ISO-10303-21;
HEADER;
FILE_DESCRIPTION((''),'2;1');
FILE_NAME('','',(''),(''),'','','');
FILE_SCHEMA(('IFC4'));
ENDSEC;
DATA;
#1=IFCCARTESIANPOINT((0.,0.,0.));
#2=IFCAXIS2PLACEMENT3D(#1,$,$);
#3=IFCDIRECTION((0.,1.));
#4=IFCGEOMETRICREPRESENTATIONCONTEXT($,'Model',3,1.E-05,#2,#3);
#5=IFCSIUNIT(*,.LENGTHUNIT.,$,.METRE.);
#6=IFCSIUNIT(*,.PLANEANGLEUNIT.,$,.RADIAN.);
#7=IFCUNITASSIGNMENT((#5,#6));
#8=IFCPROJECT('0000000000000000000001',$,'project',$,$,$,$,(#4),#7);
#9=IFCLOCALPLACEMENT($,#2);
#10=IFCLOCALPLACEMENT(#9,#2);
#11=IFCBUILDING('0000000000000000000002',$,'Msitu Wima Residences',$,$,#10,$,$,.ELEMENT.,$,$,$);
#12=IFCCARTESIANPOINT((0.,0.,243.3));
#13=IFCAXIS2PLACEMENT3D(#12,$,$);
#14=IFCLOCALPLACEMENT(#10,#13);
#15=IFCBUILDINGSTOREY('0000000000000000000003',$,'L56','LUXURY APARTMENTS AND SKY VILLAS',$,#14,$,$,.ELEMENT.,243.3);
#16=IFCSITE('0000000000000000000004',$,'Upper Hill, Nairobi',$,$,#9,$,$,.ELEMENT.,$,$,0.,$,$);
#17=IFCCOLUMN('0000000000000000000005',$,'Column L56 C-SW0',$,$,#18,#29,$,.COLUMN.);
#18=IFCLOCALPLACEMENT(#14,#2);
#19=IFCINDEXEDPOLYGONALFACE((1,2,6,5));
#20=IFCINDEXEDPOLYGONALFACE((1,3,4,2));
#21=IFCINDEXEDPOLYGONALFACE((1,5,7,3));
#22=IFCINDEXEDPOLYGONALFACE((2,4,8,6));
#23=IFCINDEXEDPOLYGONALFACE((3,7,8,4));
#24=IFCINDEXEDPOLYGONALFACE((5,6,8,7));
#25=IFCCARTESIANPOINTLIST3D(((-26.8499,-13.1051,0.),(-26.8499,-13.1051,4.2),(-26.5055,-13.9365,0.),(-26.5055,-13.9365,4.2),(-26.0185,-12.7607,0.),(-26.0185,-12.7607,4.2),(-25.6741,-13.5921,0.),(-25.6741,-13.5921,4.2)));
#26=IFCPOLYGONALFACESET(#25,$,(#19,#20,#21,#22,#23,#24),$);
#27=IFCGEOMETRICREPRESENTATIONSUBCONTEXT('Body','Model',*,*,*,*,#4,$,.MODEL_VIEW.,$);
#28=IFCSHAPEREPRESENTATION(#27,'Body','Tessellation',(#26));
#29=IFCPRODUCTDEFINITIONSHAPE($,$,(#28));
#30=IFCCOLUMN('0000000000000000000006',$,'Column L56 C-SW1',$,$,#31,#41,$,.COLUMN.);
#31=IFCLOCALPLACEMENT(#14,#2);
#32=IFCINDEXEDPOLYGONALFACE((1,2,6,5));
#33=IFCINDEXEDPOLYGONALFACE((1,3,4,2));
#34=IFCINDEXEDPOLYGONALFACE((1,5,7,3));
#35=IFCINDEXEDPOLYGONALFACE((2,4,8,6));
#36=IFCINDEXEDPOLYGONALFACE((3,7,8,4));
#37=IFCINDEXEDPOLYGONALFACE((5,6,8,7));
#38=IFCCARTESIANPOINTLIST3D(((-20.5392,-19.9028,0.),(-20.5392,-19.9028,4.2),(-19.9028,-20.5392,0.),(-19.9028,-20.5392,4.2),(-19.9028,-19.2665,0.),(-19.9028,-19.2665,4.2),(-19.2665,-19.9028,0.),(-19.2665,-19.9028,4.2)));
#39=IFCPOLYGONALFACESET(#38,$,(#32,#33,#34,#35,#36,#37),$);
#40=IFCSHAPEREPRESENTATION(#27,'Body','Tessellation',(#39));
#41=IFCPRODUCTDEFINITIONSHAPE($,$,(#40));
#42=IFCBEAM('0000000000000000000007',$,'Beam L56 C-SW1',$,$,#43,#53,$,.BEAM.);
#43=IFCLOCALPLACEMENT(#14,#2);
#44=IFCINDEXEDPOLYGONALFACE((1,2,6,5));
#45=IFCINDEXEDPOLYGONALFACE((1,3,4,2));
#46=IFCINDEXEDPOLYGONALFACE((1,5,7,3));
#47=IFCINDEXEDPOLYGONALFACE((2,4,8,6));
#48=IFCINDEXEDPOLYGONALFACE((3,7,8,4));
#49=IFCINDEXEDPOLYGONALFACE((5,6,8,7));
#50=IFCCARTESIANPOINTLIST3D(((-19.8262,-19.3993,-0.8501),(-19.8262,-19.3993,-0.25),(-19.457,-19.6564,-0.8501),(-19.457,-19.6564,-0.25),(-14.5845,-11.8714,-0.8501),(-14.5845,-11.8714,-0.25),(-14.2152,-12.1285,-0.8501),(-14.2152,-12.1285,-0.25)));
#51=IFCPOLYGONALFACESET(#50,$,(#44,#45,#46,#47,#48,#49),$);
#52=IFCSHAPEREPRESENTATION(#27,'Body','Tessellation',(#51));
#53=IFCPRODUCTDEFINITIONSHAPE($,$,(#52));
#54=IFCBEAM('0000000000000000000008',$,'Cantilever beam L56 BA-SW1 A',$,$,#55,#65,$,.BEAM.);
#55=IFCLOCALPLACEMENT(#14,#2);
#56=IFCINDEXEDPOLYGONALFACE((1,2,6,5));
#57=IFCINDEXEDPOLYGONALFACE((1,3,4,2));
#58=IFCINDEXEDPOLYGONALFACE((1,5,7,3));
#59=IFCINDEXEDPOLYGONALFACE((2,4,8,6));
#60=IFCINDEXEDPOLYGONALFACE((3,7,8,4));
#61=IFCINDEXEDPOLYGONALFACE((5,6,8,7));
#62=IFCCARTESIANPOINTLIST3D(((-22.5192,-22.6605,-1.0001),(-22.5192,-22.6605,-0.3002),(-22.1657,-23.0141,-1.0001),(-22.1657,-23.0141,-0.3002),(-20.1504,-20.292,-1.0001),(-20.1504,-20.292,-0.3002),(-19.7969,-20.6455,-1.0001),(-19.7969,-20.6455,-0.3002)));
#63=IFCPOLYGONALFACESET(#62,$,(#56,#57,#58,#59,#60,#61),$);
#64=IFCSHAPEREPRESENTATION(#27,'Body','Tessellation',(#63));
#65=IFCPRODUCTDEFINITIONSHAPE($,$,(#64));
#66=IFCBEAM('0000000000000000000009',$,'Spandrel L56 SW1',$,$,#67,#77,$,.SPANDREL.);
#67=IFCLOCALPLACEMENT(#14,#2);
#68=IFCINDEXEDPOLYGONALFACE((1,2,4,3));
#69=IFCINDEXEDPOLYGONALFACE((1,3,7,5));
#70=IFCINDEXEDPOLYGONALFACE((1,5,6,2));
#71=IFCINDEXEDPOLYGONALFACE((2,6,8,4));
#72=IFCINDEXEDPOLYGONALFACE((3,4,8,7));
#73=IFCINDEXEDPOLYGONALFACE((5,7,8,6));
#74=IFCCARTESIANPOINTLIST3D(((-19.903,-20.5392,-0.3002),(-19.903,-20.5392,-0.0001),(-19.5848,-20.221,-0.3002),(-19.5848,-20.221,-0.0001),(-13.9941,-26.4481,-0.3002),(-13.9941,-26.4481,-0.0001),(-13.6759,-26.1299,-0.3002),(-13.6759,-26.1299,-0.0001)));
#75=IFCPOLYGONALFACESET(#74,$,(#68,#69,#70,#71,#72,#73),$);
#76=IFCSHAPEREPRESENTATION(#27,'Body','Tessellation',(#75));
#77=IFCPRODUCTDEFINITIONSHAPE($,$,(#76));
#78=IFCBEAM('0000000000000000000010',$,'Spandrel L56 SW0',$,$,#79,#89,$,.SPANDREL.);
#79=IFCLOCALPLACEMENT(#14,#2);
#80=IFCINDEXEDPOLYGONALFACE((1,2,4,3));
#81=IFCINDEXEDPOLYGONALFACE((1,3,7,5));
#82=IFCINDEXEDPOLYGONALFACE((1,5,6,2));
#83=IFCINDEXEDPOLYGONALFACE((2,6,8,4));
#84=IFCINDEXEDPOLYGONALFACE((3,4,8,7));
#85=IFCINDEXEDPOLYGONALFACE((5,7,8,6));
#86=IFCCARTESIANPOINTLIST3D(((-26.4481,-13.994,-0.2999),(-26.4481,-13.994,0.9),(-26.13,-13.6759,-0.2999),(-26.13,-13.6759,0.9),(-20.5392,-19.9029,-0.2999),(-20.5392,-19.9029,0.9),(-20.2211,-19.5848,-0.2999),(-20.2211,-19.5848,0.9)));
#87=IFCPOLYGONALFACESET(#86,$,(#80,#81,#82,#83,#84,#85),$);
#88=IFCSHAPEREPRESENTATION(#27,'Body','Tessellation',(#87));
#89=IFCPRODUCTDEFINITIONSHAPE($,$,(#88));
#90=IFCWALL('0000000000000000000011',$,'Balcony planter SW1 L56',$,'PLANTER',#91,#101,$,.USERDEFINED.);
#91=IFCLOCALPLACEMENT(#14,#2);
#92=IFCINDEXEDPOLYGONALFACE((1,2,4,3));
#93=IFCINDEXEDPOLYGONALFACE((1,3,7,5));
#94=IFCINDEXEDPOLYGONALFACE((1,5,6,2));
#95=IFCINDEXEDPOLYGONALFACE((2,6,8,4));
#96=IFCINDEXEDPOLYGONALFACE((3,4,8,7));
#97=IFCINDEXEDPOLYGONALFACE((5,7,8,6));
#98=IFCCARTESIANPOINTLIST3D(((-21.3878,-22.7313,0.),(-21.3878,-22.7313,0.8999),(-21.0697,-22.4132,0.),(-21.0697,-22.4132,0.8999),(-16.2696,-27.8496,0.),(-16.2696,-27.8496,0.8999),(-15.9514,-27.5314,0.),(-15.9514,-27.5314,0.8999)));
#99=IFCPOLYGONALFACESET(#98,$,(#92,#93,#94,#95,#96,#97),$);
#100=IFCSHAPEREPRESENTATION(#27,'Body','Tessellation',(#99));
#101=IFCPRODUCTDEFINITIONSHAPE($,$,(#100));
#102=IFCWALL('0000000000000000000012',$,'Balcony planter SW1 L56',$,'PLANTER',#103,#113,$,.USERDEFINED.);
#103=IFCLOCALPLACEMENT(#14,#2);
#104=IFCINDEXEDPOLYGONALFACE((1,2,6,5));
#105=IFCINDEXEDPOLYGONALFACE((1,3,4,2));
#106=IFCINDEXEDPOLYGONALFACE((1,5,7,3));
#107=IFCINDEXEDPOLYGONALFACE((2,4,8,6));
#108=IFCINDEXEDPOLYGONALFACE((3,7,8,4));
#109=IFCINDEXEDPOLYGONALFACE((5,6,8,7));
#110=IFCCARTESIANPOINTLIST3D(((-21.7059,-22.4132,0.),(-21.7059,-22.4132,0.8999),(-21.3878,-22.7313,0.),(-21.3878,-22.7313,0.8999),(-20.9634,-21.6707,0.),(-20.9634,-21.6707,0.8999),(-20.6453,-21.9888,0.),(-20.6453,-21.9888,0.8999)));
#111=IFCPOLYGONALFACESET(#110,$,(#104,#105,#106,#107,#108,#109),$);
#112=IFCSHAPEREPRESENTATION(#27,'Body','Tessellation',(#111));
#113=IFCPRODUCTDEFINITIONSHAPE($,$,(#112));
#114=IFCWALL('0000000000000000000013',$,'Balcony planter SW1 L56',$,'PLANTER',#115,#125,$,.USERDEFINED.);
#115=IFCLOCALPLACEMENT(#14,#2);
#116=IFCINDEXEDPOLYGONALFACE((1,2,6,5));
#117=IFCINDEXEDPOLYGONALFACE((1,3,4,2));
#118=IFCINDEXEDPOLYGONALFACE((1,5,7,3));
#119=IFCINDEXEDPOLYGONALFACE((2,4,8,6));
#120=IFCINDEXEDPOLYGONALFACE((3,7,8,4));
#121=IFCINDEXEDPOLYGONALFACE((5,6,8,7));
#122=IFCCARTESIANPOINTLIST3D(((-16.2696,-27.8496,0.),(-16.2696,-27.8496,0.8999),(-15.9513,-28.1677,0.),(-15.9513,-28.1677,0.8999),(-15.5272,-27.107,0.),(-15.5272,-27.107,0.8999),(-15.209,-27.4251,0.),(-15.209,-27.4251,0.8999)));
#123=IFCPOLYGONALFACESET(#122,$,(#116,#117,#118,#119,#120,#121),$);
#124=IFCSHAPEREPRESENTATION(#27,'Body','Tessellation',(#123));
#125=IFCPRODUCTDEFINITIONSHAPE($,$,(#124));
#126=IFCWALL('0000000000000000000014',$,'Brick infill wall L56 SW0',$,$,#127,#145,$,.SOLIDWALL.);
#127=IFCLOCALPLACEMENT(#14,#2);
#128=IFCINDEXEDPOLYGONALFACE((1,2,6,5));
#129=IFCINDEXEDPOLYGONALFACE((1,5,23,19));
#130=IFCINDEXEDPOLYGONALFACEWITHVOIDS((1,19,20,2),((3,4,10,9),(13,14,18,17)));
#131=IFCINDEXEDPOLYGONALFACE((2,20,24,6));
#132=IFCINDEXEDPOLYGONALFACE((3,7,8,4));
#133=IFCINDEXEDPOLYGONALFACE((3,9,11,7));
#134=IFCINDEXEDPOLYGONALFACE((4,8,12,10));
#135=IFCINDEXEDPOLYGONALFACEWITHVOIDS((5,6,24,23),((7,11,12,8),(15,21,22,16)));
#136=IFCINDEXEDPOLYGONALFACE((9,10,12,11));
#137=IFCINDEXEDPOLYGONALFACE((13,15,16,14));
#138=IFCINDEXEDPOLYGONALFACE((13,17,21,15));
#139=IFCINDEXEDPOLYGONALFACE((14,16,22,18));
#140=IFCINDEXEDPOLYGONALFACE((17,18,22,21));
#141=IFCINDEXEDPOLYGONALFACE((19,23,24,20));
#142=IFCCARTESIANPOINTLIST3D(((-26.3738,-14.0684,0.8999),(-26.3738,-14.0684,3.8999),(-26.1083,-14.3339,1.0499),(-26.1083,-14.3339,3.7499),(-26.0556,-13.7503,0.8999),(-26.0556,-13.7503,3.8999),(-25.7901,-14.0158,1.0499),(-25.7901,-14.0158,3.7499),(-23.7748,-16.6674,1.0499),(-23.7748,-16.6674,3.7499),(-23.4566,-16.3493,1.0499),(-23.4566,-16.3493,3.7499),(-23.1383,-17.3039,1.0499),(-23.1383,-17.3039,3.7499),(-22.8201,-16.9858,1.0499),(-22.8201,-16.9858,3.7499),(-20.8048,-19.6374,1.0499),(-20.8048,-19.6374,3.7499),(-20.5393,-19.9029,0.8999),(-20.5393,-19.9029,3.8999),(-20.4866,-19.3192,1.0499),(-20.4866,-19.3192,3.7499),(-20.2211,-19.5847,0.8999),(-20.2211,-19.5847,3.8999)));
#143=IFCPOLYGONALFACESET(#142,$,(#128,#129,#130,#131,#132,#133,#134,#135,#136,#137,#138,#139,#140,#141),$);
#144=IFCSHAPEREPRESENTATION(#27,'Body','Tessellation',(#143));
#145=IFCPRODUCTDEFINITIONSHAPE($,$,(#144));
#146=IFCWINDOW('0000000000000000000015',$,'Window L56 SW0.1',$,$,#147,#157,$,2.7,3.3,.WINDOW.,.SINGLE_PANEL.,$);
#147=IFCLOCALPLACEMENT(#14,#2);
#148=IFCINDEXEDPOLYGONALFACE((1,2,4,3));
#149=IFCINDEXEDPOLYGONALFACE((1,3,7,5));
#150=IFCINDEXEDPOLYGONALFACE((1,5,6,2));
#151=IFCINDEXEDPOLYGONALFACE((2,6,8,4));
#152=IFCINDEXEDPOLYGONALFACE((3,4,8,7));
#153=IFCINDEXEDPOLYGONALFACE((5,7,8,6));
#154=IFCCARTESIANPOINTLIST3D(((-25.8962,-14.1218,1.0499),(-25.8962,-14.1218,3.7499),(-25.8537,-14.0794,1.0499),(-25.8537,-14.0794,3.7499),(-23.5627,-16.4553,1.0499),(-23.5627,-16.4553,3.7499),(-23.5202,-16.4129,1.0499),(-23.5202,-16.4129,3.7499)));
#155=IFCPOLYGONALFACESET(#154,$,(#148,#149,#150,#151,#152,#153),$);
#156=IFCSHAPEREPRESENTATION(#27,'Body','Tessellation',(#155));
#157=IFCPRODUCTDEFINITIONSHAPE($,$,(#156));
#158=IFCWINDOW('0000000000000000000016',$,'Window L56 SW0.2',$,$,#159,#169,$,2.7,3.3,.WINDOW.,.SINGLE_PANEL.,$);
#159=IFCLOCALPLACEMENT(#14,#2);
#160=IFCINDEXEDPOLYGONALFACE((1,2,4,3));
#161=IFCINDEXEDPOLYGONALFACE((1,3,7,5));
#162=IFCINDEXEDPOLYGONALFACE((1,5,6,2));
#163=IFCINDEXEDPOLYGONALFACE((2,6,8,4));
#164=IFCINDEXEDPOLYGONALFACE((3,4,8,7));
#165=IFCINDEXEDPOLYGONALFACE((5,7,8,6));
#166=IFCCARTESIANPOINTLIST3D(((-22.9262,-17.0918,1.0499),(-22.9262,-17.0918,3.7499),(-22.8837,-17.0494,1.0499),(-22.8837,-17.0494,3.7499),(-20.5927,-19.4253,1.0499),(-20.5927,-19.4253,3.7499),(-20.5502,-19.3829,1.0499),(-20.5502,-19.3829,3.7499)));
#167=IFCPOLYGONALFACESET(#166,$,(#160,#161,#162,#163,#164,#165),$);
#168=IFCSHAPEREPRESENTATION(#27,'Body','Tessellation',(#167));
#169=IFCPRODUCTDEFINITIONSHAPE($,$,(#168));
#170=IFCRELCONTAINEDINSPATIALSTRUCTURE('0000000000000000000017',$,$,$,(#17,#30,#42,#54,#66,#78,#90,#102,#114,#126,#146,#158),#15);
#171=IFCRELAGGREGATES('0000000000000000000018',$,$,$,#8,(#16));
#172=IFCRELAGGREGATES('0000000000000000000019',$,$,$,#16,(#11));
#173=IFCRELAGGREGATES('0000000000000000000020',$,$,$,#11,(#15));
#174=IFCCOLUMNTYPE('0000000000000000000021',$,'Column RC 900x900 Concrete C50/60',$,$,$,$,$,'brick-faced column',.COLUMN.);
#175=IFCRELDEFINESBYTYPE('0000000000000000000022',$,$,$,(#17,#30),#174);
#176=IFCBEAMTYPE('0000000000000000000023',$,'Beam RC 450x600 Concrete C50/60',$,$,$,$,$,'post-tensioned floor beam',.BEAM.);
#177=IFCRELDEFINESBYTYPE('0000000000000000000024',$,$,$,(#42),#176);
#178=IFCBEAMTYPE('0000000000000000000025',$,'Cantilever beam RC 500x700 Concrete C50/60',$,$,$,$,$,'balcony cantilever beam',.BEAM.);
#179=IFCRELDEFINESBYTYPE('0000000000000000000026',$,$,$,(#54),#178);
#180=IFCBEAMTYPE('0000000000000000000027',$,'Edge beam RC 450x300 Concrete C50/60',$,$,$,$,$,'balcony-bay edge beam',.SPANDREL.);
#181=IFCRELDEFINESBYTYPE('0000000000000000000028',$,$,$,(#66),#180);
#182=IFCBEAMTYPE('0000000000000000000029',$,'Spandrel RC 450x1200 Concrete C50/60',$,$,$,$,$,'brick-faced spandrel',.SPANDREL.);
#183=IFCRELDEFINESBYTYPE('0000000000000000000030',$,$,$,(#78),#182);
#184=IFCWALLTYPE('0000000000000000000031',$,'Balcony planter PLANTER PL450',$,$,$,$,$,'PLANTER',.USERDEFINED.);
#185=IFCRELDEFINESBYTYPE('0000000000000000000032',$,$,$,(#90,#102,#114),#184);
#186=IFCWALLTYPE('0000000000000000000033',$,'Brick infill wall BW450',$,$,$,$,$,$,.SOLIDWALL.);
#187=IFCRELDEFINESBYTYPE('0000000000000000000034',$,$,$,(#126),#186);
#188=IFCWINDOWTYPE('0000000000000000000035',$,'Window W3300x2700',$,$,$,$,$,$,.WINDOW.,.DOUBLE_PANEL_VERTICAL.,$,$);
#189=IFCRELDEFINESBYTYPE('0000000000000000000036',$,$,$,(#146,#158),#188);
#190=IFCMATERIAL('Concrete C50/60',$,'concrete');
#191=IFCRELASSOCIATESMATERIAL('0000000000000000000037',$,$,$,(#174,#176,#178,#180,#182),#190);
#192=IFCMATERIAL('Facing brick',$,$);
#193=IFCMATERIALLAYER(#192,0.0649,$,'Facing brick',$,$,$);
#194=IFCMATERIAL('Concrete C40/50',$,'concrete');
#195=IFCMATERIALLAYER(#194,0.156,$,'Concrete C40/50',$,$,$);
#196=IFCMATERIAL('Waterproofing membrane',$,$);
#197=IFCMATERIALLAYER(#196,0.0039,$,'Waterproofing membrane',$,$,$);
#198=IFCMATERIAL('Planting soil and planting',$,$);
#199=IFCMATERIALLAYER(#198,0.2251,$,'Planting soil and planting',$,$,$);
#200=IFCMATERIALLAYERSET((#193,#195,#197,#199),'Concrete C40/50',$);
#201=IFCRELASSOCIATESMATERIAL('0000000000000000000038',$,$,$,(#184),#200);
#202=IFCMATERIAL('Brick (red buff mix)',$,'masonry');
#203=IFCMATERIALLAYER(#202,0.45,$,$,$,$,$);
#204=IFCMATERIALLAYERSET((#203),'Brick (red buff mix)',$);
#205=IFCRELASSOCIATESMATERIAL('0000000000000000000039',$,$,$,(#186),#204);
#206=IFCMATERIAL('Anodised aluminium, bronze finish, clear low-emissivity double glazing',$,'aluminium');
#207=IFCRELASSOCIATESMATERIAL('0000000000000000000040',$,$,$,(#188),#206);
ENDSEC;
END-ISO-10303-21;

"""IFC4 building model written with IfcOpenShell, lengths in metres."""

from ifc_helpers import new_model, si_unit, direction, frame, frame_2d, origin, origin_2d, place, context, subcontext, project, spatial, rectangle, extrude, material, layer, layer_set, material_profile, profile_set, type_object, element, fill, save


model = new_model("IFC4")

# Units and contexts
model_context = context("Model", 3, precision=1e-05, world=origin(), true_north=direction((0.0, 1.0)))
body_context = subcontext(model_context, "Body", "Model", "MODEL_VIEW")
ifc_project = project(units=[si_unit("LENGTHUNIT", "METRE"), si_unit("PLANEANGLEUNIT", "RADIAN")], contexts=[model_context])

# Site, building, storey
site_placement = place(None, origin())
site = spatial("IfcSite", under=ifc_project, at=site_placement, Name="Upper Hill, Nairobi", CompositionType="ELEMENT", RefElevation=0.0)
building_placement = place(site_placement, origin())
building = spatial("IfcBuilding", under=site, at=building_placement, Name="Msitu Wima Residences", CompositionType="ELEMENT")
storey_placement = place(building_placement, frame((0.0, 0.0, 243.3)))
storey = spatial("IfcBuildingStorey", under=building, at=storey_placement, Name="L56", Description="LUXURY APARTMENTS AND SKY VILLAS", CompositionType="ELEMENT", Elevation=243.3)

# Columns
ifc_material_1 = material(Name="Concrete C50/60", Category="concrete")
ifc_material_profile_1 = material_profile(ifc_material_1, rectangle(XDim=0.8999, YDim=0.8999, at=origin_2d()), Name="RC 900x900")
ifc_profile_set_1 = profile_set([ifc_material_profile_1], Name="Concrete C50/60")
column_type = type_object("IfcColumnType", Name="Column RC 900x900 Concrete C50/60", ElementType="brick-faced column", PredefinedType="COLUMN", material=ifc_profile_set_1)
for number, where, z_axis, x_axis, name in (
    (1, (-26.262, -13.3486, 0.0), (0.0, 0.0, 1.0), (0.382683, -0.92388, 0.0), "Column L56 C-SW0"),
    (2, (-19.9028, -19.9028, 0.0), (0.0, 0.0, 1.0), (0.707107, -0.707107, 0.0), "Column L56 C-SW1"),
):
    element("IfcColumn", number, at=place(storey_placement, frame(where, z_axis=z_axis, x_axis=x_axis)), inside=storey, type_object=column_type, Name=name, PredefinedType="COLUMN", context=body_context, shape_type="SweptSolid", body=[
        extrude(rectangle(XDim=0.8999, YDim=0.8999, at=origin_2d()), origin(), (0.0, 0.0, 1.0), 4.2),
    ])

# Beams
ifc_material_profile_2 = material_profile(ifc_material_1, rectangle(XDim=0.45, YDim=0.6001, at=origin_2d()), Name="RC 450x600")
ifc_profile_set_2 = profile_set([ifc_material_profile_2], Name="Concrete C50/60")
beam_type_1 = type_object("IfcBeamType", Name="Beam RC 450x600 Concrete C50/60", ElementType="post-tensioned floor beam", PredefinedType="BEAM", material=ifc_profile_set_2)
beam_1_placement = place(storey_placement, frame((-19.6416, -19.5278, -0.55), z_axis=(0.571428, 0.820652, 0.0), x_axis=(-0.820652, 0.571428, 0.0)))
element("IfcBeam", 3, at=beam_1_placement, inside=storey, type_object=beam_type_1, Name="Beam L56 C-SW1", PredefinedType="BEAM", context=body_context, shape_type="SweptSolid", body=[
    extrude(rectangle(XDim=0.45, YDim=0.6001, at=origin_2d()), origin(), (0.0, 0.0, 1.0), 9.1731),
])
ifc_material_profile_3 = material_profile(ifc_material_1, rectangle(XDim=0.5, YDim=0.7, at=origin_2d()), Name="RC 500x700")
ifc_profile_set_3 = profile_set([ifc_material_profile_3], Name="Concrete C50/60")
beam_type_2 = type_object("IfcBeamType", Name="Cantilever beam RC 500x700 Concrete C50/60", ElementType="balcony cantilever beam", PredefinedType="BEAM", material=ifc_profile_set_3)
beam_2_placement = place(storey_placement, frame((-19.9736, -20.4688, -0.6501), z_axis=(-0.707143, -0.70707, 0.0), x_axis=(0.70707, -0.707143, 0.0)))
element("IfcBeam", 4, at=beam_2_placement, inside=storey, type_object=beam_type_2, Name="Cantilever beam L56 BA-SW1 A", PredefinedType="BEAM", context=body_context, shape_type="SweptSolid", body=[
    extrude(rectangle(XDim=0.5, YDim=0.7, at=origin_2d()), origin(), (0.0, 0.0, 1.0), 3.3499),
])
ifc_material_profile_4 = material_profile(ifc_material_1, rectangle(XDim=0.45, YDim=0.3, at=origin_2d()), Name="RC 450x300")
ifc_profile_set_4 = profile_set([ifc_material_profile_4], Name="Concrete C50/60")
beam_type_3 = type_object("IfcBeamType", Name="Edge beam RC 450x300 Concrete C50/60", ElementType="balcony-bay edge beam", PredefinedType="SPANDREL", material=ifc_profile_set_4)
beam_3_placement = place(storey_placement, frame((-19.7439, -20.3801, -0.1501), z_axis=(0.707107, -0.707107, 0.0), x_axis=(0.707107, 0.707107, 0.0)))
element("IfcBeam", 5, at=beam_3_placement, inside=storey, type_object=beam_type_3, Name="Spandrel L56 SW1", PredefinedType="SPANDREL", context=body_context, shape_type="SweptSolid", body=[
    extrude(rectangle(XDim=0.45, YDim=0.3, at=origin_2d()), origin(), (0.0, 0.0, 1.0), 8.3564),
])
ifc_material_profile_5 = material_profile(ifc_material_1, rectangle(XDim=0.45, YDim=1.2, at=origin_2d()), Name="RC 450x1200")
ifc_profile_set_5 = profile_set([ifc_material_profile_5], Name="Concrete C50/60")
beam_type_4 = type_object("IfcBeamType", Name="Spandrel RC 450x1200 Concrete C50/60", ElementType="brick-faced spandrel", PredefinedType="SPANDREL", material=ifc_profile_set_5)
beam_4_placement = place(storey_placement, frame((-26.2891, -13.835, 0.3), z_axis=(0.707107, -0.707107, 0.0), x_axis=(0.707107, 0.707107, 0.0)))
element("IfcBeam", 6, at=beam_4_placement, inside=storey, type_object=beam_type_4, Name="Spandrel L56 SW0", PredefinedType="SPANDREL", context=body_context, shape_type="SweptSolid", body=[
    extrude(rectangle(XDim=0.45, YDim=1.2, at=origin_2d()), origin(), (0.0, 0.0, 1.0), 8.3564),
])

# Walls
ifc_material_2 = material(Name="Facing brick")
ifc_layer_1 = layer(ifc_material_2, 0.0649, Name="Facing brick")
ifc_material_3 = material(Name="Concrete C40/50", Category="concrete")
ifc_layer_2 = layer(ifc_material_3, 0.156, Name="Concrete C40/50")
ifc_material_4 = material(Name="Waterproofing membrane")
ifc_layer_3 = layer(ifc_material_4, 0.0039, Name="Waterproofing membrane")
ifc_material_5 = material(Name="Planting soil and planting")
ifc_layer_4 = layer(ifc_material_5, 0.2251, Name="Planting soil and planting")
ifc_layer_set_1 = layer_set([ifc_layer_1, ifc_layer_2, ifc_layer_3, ifc_layer_4], Name="Concrete C40/50")
wall_type_1 = type_object("IfcWallType", Name="Balcony planter PLANTER PL450", ElementType="PLANTER", PredefinedType="USERDEFINED", material=ifc_layer_set_1)
wall_1_placement = place(storey_placement, frame((-21.2288, -22.5723, 0.0), z_axis=(0.0, 0.0, 1.0), x_axis=(0.707107, -0.707107, 0.0)))
element("IfcWall", 7, at=wall_1_placement, inside=storey, type_object=wall_type_1, Name="Balcony planter SW1 L56", ObjectType="PLANTER", PredefinedType="USERDEFINED", context=body_context, shape_type="SweptSolid", body=[
    extrude(rectangle(XDim=7.2383, YDim=0.45, at=frame_2d((3.6191, 0.0))), origin(), (0.0, 0.0, 1.0), 0.8999),
])
for number, where, z_axis, x_axis, name in (
    (8, (-20.8044, -21.8298, 0.0), (0.0, 0.0, 1.0), (-0.707107, -0.707107, 0.0), "Balcony planter SW1 L56"),
    (9, (-15.3682, -27.2661, 0.0), (0.0, 0.0, 1.0), (-0.706991, -0.707223, 0.0), "Balcony planter SW1 L56"),
):
    element("IfcWall", number, at=place(storey_placement, frame(where, z_axis=z_axis, x_axis=x_axis)), inside=storey, type_object=wall_type_1, Name=name, ObjectType="PLANTER", PredefinedType="USERDEFINED", context=body_context, shape_type="SweptSolid", body=[
        extrude(rectangle(XDim=1.05, YDim=0.45, at=frame_2d((0.5249, 0.0))), origin(), (0.0, 0.0, 1.0), 0.8999),
    ])

# Wall, openings, windows
ifc_material_6 = material(Name="Brick (red buff mix)", Category="masonry")
ifc_layer_5 = layer(ifc_material_6, 0.45)
ifc_layer_set_2 = layer_set([ifc_layer_5], Name="Brick (red buff mix)")
wall_type_2 = type_object("IfcWallType", Name="Brick infill wall BW450", PredefinedType="SOLIDWALL", material=ifc_layer_set_2)
wall_2_placement = place(storey_placement, frame((-26.2146, -13.9094, 0.8999), z_axis=(0.0, 0.0, 1.0), x_axis=(0.707107, -0.707107, 0.0)))
wall_2 = element("IfcWall", 10, at=wall_2_placement, inside=storey, type_object=wall_type_2, Name="Brick infill wall L56 SW0", PredefinedType="SOLIDWALL", context=body_context, shape_type="SweptSolid", body=[
    extrude(rectangle(XDim=8.2512, YDim=0.45, at=frame_2d((4.1255, 0.0))), origin(), (0.0, 0.0, 1.0), 3.0),
])
opening_1_placement = place(wall_2_placement, frame((0.3755, 0.0, 0.1499)))
opening_1 = element("IfcOpeningElement", 11, at=opening_1_placement, cuts=wall_2, PredefinedType="OPENING", context=body_context, shape_type="SweptSolid", body=[
    extrude(rectangle(XDim=3.3, YDim=2.7, at=frame_2d((1.6499, 1.3501))), frame((0.0, 0.2349, 0.0), z_axis=(0.0, -1.0, 0.0), x_axis=(1.0, 0.0, 0.0)), (0.0, 0.0, 1.0), 0.47),
])
opening_2_placement = place(wall_2_placement, frame((4.5757, 0.0, 0.1499)))
opening_2 = element("IfcOpeningElement", 12, at=opening_2_placement, cuts=wall_2, PredefinedType="OPENING", context=body_context, shape_type="SweptSolid", body=[
    extrude(rectangle(XDim=3.3, YDim=2.7, at=frame_2d((1.6499, 1.3501))), frame((0.0, 0.2349, 0.0), z_axis=(0.0, -1.0, 0.0), x_axis=(1.0, 0.0, 0.0)), (0.0, 0.0, 1.0), 0.47),
])
ifc_material_7 = material(Name="Anodised aluminium, bronze finish, clear low-emissivity double glazing", Category="aluminium")
window_type = type_object("IfcWindowType", Name="Window W3300x2700", PartitioningType="DOUBLE_PANEL_VERTICAL", PredefinedType="WINDOW", material=ifc_material_7)
window_1_placement = place(opening_1_placement, origin())
window_1 = element("IfcWindow", 13, at=window_1_placement, inside=storey, type_object=window_type, Name="Window L56 SW0.1", OverallHeight=2.7, OverallWidth=3.3, PartitioningType="SINGLE_PANEL", PredefinedType="WINDOW", context=body_context, shape_type="SweptSolid", body=[
    extrude(rectangle(XDim=3.3, YDim=2.7, at=frame_2d((1.6499, 1.3501))), frame((0.0, 0.135, 0.0), z_axis=(0.0, -1.0, 0.0), x_axis=(1.0, 0.0, 0.0)), (0.0, 0.0, 1.0), 0.0601),
])
fill(opening_1, window_1)
window_2_placement = place(opening_2_placement, origin())
window_2 = element("IfcWindow", 14, at=window_2_placement, inside=storey, type_object=window_type, Name="Window L56 SW0.2", OverallHeight=2.7, OverallWidth=3.3, PartitioningType="SINGLE_PANEL", PredefinedType="WINDOW", context=body_context, shape_type="SweptSolid", body=[
    extrude(rectangle(XDim=3.3, YDim=2.7, at=frame_2d((1.6499, 1.3501))), frame((0.0, 0.135, 0.0), z_axis=(0.0, -1.0, 0.0), x_axis=(1.0, 0.0, 0.0)), (0.0, 0.0, 1.0), 0.0601),
])
fill(opening_2, window_2)

save(model, "model.ifc")
